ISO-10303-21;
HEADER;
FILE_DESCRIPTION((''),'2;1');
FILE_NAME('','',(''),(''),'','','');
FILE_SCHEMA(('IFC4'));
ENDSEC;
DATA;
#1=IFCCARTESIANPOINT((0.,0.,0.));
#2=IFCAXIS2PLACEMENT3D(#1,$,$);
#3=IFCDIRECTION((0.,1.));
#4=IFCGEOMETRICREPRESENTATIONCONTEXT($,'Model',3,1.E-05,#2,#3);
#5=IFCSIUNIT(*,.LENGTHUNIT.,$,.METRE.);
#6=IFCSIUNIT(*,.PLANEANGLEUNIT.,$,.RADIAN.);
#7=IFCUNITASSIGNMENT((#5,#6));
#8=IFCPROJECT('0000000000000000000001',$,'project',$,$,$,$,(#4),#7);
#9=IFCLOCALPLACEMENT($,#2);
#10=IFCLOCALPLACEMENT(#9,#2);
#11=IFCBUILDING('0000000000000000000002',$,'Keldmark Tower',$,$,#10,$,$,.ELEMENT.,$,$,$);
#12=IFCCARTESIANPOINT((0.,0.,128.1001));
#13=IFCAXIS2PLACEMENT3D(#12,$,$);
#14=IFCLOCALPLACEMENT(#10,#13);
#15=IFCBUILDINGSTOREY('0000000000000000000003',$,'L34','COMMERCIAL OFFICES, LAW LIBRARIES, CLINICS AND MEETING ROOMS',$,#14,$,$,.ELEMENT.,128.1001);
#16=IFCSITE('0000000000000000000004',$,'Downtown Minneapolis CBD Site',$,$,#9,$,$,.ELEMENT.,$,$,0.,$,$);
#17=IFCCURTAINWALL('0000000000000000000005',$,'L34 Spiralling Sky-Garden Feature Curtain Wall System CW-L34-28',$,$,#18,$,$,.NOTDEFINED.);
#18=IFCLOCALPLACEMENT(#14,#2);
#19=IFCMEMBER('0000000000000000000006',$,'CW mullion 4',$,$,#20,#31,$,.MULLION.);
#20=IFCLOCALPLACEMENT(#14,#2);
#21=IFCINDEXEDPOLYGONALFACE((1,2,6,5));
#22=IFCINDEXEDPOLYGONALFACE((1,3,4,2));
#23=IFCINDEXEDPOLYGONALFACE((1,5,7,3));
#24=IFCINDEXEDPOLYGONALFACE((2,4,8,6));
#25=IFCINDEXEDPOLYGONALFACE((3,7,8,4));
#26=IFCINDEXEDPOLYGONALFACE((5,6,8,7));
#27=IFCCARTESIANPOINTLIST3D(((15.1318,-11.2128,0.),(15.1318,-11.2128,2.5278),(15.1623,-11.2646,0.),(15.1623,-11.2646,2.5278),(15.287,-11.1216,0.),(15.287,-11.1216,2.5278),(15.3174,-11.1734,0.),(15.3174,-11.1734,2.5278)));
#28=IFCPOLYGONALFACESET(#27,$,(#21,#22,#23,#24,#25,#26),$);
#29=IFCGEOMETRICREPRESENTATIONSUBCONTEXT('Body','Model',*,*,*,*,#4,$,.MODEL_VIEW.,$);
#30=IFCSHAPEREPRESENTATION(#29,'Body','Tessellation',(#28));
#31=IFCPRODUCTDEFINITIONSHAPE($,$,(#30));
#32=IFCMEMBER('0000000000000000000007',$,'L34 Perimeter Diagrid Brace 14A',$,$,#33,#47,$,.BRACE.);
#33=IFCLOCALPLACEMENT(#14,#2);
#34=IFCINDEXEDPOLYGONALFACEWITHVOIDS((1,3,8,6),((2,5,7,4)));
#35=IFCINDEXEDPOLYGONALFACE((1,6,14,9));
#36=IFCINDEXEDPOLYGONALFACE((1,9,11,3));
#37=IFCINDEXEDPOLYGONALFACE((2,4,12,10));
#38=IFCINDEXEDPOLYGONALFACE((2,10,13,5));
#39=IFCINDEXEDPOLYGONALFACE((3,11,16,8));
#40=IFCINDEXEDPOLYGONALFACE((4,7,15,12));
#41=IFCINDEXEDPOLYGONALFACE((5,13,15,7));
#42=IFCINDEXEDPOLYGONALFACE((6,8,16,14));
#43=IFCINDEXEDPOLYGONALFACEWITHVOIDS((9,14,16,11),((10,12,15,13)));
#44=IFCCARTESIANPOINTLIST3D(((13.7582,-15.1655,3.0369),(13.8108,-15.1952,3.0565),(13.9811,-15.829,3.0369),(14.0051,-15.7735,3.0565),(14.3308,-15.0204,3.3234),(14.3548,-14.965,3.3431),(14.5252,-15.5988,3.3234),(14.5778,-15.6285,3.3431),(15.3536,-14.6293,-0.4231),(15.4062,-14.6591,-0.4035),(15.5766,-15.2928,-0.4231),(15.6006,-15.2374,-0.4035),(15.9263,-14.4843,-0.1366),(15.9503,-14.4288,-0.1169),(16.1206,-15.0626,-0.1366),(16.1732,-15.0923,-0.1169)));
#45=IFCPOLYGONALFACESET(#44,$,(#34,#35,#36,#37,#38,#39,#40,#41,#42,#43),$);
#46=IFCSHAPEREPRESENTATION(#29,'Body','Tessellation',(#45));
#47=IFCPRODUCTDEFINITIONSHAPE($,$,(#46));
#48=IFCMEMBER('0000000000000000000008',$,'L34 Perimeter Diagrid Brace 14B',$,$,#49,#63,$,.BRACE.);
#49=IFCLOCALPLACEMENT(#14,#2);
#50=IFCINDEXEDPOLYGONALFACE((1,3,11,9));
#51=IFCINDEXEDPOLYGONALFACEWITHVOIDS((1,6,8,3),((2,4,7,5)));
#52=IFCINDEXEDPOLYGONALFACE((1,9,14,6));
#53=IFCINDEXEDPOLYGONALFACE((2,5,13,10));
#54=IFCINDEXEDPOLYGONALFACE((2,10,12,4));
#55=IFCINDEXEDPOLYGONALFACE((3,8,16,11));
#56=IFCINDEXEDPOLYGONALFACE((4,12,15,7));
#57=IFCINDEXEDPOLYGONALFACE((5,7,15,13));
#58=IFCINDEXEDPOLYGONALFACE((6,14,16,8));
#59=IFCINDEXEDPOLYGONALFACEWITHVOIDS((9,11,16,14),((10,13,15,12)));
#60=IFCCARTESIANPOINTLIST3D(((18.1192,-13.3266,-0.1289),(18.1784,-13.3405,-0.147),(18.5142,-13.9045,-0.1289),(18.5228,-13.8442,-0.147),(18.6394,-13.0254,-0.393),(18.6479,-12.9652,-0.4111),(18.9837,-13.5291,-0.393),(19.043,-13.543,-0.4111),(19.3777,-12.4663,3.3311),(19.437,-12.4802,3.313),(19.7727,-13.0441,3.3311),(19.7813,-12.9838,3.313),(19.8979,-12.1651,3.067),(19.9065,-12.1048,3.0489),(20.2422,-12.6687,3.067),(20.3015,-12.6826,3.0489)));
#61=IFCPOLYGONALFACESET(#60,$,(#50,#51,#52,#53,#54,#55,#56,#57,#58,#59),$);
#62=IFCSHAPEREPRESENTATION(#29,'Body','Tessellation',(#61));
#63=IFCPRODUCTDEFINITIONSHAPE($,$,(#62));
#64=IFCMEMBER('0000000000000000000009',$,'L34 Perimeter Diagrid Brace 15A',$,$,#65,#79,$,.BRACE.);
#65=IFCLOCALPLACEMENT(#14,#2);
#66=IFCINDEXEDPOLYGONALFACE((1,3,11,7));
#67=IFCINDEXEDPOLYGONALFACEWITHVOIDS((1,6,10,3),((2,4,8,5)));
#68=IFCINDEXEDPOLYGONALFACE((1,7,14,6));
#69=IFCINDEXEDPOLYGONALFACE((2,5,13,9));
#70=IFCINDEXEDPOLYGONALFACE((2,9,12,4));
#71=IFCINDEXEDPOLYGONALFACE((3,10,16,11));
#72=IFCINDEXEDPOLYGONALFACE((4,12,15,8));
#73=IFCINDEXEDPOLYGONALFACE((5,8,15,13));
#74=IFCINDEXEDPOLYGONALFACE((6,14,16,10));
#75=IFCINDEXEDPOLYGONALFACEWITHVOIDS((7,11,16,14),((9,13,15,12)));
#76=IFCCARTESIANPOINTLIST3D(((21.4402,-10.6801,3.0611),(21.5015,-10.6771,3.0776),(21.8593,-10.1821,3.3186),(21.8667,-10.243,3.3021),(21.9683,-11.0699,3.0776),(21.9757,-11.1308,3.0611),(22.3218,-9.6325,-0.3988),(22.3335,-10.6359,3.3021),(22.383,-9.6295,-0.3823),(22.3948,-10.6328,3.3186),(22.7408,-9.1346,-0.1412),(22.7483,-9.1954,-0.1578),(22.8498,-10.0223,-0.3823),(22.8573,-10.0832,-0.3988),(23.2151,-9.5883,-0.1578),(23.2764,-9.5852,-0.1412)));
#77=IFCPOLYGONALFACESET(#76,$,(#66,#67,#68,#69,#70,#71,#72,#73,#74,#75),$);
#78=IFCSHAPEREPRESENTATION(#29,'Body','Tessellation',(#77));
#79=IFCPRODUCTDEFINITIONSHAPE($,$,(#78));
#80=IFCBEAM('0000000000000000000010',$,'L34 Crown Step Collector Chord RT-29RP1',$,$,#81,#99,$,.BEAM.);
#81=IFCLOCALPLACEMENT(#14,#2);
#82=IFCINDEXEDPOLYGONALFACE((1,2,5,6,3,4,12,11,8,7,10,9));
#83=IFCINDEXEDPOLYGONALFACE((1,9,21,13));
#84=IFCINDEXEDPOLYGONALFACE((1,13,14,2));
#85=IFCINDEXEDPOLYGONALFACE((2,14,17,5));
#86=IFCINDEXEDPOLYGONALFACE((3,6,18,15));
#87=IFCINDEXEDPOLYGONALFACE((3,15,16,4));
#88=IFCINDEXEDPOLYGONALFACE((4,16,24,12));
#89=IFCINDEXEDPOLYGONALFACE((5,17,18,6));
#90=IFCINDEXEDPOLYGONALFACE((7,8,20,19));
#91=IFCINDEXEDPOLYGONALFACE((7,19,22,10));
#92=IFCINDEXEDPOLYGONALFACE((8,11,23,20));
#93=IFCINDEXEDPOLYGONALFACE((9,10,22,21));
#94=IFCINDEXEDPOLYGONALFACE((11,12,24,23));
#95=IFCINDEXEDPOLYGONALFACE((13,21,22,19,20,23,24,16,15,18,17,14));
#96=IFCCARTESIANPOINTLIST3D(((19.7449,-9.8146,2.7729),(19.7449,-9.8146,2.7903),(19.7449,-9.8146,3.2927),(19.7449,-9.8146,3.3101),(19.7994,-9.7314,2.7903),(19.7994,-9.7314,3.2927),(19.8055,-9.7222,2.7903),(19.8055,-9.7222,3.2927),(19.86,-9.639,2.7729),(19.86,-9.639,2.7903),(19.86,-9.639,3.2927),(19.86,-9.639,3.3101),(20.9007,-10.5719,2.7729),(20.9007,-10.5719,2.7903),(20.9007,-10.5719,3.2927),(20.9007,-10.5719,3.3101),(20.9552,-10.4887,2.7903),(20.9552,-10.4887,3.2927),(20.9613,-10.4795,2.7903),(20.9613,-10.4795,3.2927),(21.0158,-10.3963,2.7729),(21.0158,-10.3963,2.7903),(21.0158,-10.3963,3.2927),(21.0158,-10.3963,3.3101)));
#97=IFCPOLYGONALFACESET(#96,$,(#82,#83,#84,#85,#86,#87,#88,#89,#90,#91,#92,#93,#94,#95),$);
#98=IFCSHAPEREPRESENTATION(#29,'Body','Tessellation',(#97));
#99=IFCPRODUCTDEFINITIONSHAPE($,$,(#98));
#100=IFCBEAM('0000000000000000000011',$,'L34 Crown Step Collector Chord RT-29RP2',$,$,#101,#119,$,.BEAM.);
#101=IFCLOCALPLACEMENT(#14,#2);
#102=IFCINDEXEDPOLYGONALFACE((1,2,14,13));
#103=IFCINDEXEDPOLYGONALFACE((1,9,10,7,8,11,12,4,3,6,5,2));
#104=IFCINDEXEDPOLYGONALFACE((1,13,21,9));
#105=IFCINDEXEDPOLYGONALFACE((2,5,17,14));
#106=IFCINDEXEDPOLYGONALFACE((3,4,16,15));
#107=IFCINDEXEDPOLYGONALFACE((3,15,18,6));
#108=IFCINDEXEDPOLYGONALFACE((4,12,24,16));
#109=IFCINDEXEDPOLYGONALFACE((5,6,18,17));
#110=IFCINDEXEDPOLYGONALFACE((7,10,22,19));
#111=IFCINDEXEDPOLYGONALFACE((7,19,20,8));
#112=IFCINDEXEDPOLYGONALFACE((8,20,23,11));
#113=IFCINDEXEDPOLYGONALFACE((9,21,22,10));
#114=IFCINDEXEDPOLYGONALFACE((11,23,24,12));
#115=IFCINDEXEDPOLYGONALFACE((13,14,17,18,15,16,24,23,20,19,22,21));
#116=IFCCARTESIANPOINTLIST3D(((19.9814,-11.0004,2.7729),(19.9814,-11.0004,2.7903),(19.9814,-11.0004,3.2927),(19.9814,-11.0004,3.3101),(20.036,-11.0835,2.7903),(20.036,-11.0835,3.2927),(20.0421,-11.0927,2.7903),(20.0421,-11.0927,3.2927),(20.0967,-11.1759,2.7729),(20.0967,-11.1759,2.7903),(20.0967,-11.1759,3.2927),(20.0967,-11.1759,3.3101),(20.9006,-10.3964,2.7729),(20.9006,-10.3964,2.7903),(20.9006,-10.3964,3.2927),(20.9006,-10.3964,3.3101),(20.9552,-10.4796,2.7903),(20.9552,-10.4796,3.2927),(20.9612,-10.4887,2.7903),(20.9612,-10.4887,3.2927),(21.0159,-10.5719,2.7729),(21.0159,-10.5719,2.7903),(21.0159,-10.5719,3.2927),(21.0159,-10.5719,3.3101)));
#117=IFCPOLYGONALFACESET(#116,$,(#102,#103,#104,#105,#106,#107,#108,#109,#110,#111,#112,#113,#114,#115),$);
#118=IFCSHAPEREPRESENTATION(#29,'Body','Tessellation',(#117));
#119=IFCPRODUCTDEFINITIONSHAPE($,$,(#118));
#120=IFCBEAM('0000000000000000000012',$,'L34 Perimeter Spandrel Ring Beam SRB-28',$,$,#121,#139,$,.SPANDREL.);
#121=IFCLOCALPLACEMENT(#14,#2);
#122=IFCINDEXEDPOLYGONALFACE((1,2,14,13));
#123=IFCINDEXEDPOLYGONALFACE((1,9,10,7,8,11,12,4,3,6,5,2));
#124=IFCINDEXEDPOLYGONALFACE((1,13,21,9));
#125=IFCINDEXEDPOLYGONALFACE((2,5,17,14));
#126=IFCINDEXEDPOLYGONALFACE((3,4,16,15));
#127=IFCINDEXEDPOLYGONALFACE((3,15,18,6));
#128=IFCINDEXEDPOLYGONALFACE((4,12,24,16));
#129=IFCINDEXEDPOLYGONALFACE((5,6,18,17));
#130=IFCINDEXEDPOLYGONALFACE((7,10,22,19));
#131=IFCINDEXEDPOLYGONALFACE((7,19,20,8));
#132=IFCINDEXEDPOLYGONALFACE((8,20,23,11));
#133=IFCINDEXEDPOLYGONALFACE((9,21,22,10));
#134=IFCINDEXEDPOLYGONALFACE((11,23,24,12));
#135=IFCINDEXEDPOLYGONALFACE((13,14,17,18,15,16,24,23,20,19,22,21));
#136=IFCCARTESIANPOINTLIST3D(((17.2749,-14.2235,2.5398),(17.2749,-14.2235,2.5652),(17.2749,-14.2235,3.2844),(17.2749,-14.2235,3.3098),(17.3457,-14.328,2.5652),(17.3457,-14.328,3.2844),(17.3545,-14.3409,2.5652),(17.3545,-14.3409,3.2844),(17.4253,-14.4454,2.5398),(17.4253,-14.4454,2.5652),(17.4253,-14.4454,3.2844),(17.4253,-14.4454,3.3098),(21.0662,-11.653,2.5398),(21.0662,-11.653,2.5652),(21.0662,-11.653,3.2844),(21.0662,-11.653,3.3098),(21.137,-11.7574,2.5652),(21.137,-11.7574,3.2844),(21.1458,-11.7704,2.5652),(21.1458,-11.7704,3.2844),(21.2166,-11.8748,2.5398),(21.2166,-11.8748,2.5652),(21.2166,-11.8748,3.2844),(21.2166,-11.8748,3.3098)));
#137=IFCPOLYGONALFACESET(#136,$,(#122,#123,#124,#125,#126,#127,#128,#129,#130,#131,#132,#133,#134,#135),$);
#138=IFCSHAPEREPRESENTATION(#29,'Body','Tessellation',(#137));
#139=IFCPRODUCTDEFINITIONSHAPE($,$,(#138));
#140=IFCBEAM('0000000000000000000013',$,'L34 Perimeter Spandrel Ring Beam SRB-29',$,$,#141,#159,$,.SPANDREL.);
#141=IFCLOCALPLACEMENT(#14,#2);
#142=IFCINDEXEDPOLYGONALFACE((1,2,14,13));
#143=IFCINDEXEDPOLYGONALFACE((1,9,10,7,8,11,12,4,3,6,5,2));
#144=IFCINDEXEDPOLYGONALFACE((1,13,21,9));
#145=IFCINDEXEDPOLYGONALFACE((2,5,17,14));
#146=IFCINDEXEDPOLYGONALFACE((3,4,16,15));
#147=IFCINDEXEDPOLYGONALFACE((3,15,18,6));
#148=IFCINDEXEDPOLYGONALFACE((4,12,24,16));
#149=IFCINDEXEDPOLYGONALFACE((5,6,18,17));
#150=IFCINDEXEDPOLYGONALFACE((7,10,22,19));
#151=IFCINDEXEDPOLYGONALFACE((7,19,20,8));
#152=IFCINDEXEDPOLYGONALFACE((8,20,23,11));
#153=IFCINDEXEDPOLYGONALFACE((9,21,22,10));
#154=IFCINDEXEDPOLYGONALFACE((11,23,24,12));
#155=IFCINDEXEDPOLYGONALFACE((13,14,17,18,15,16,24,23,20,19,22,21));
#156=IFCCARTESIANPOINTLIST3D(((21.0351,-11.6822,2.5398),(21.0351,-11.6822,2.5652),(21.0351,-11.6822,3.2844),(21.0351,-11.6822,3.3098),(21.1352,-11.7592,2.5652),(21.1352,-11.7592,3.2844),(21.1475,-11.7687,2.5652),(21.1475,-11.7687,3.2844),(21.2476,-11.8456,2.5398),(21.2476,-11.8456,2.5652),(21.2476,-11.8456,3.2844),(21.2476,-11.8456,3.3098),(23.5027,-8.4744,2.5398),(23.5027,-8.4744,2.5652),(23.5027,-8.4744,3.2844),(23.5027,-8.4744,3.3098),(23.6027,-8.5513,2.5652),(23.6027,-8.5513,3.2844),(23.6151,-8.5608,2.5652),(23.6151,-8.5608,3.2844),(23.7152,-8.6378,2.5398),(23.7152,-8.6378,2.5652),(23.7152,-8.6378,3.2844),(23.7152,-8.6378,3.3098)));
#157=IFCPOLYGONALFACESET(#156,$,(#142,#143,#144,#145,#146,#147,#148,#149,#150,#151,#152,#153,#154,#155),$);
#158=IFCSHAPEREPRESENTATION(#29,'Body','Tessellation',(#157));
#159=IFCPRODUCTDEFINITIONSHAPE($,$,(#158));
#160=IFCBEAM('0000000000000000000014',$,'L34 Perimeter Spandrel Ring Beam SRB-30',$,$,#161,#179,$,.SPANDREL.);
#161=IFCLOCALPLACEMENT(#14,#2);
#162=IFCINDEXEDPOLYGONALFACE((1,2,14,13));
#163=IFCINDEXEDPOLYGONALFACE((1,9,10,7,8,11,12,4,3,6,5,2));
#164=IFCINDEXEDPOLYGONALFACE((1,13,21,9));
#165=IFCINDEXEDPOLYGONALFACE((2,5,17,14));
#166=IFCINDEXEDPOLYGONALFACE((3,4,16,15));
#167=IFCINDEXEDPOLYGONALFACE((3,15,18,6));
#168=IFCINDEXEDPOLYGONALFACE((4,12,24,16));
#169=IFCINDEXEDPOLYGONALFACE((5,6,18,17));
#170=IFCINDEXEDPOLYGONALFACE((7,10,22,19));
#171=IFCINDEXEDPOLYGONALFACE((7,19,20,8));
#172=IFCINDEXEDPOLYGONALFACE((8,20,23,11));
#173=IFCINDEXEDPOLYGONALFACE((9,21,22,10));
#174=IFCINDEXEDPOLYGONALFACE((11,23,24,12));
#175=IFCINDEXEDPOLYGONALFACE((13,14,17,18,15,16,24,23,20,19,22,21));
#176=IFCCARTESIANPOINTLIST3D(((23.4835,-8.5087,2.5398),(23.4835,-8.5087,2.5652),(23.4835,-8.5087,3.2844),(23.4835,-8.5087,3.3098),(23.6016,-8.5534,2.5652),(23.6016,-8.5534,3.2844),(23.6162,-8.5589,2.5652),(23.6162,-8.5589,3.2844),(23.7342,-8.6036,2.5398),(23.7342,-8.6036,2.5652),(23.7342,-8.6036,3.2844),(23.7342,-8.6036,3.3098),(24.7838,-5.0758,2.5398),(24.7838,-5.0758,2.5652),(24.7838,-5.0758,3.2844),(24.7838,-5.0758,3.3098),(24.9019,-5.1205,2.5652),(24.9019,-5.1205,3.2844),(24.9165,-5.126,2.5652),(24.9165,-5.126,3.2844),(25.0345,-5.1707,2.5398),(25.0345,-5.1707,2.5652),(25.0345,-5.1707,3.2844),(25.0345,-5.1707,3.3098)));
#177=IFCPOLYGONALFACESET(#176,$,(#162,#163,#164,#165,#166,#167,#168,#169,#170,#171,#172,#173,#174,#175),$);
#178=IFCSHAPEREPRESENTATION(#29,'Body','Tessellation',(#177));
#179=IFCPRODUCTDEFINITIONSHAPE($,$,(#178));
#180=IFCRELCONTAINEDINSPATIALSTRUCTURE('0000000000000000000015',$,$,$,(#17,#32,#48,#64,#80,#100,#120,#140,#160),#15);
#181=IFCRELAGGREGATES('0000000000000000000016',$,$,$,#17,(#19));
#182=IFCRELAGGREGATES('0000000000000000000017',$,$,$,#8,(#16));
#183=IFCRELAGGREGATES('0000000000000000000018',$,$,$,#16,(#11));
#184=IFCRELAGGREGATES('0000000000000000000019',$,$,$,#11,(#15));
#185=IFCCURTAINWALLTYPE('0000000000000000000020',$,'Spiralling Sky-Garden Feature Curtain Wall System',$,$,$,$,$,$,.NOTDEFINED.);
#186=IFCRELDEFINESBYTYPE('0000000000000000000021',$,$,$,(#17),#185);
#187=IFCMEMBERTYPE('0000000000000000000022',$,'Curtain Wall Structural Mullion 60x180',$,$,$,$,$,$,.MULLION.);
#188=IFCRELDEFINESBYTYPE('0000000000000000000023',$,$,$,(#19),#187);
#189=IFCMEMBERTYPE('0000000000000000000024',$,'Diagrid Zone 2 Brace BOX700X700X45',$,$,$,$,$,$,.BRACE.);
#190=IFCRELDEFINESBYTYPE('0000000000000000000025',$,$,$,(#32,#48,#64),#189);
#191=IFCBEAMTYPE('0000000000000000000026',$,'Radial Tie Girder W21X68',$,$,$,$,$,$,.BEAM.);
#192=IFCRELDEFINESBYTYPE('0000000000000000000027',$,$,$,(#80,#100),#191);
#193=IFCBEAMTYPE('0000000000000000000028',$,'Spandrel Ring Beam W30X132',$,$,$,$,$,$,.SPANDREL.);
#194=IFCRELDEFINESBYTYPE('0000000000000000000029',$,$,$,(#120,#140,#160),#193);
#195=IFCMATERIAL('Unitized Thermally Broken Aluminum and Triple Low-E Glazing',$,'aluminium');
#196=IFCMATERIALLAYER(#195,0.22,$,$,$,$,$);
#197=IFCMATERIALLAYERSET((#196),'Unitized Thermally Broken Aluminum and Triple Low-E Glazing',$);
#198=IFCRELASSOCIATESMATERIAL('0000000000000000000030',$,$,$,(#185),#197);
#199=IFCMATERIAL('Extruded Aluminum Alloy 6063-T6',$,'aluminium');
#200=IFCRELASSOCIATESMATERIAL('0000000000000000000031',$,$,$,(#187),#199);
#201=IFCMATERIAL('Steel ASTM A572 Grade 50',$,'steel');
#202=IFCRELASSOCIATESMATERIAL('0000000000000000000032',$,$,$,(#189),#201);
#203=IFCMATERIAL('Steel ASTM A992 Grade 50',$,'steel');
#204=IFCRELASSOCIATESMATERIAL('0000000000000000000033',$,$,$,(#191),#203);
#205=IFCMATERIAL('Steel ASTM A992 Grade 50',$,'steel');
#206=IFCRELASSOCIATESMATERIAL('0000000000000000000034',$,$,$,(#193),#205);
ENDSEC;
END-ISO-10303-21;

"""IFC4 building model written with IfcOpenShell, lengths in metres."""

from ifc_helpers import new_model, si_unit, direction, frame, origin, origin_2d, place, context, subcontext, project, spatial, rectangle, hollow_rectangle, i_section, extrude, material, layer, layer_set, material_profile, profile_set, type_object, element, aggregate, save


model = new_model("IFC4")

# Units and contexts
model_context = context("Model", 3, precision=1e-05, world=origin(), true_north=direction((0.0, 1.0)))
body_context = subcontext(model_context, "Body", "Model", "MODEL_VIEW")
ifc_project = project(units=[si_unit("LENGTHUNIT", "METRE"), si_unit("PLANEANGLEUNIT", "RADIAN")], contexts=[model_context])

# Site, building, storey
site_placement = place(None, origin())
site = spatial("IfcSite", under=ifc_project, at=site_placement, Name="Downtown Minneapolis CBD Site", CompositionType="ELEMENT", RefElevation=0.0)
building_placement = place(site_placement, origin())
building = spatial("IfcBuilding", under=site, at=building_placement, Name="Keldmark Tower", CompositionType="ELEMENT")
storey_placement = place(building_placement, frame((0.0, 0.0, 128.1001)))
storey = spatial("IfcBuildingStorey", under=building, at=storey_placement, Name="L34", Description="COMMERCIAL OFFICES, LAW LIBRARIES, CLINICS AND MEETING ROOMS", CompositionType="ELEMENT", Elevation=128.1001)

# Curtain wall, member
ifc_material_1 = material(Name="Unitized Thermally Broken Aluminum and Triple Low-E Glazing", Category="aluminium")
ifc_layer_1 = layer(ifc_material_1, 0.22)
ifc_layer_set_1 = layer_set([ifc_layer_1], Name="Unitized Thermally Broken Aluminum and Triple Low-E Glazing")
curtain_wall_type = type_object("IfcCurtainWallType", Name="Spiralling Sky-Garden Feature Curtain Wall System", PredefinedType="NOTDEFINED", material=ifc_layer_set_1)
curtain_wall_placement = place(storey_placement, origin())
curtain_wall = element("IfcCurtainWall", 1, at=curtain_wall_placement, inside=storey, type_object=curtain_wall_type, Name="L34 Spiralling Sky-Garden Feature Curtain Wall System CW-L34-28", PredefinedType="NOTDEFINED")
ifc_material_2 = material(Name="Extruded Aluminum Alloy 6063-T6", Category="aluminium")
ifc_material_profile_1 = material_profile(ifc_material_2, rectangle(XDim=0.0601, YDim=0.1799, at=origin_2d()), Name="CWM60X180")
ifc_profile_set_1 = profile_set([ifc_material_profile_1], Name="Extruded Aluminum Alloy 6063-T6")
member_type_1 = type_object("IfcMemberType", Name="Curtain Wall Structural Mullion 60x180", PredefinedType="MULLION", material=ifc_profile_set_1)
member_1_placement = place(storey_placement, frame((15.2246, -11.1931, 0.0), z_axis=(0.0, 0.0, 1.0), x_axis=(0.506625, -0.862166, 0.0)))
member_1 = element("IfcMember", 2, at=member_1_placement, type_object=member_type_1, Name="CW mullion 4", PredefinedType="MULLION", context=body_context, shape_type="SweptSolid", body=[
    extrude(rectangle(XDim=0.0601, YDim=0.1799, at=origin_2d()), origin(), (0.0, 0.0, 1.0), 2.5278),
])

# Members
ifc_material_3 = material(Name="Steel ASTM A572 Grade 50", Category="steel")
ifc_material_profile_2 = material_profile(ifc_material_3, hollow_rectangle(XDim=0.7, YDim=0.7, WallThickness=0.0449, at=origin_2d()), Name="BOX700X700X45")
ifc_profile_set_2 = profile_set([ifc_material_profile_2], Name="Steel ASTM A572 Grade 50")
member_type_2 = type_object("IfcMemberType", Name="Diagrid Zone 2 Brace BOX700X700X45", PredefinedType="BRACE", material=ifc_profile_set_2)
member_2_placement = place(storey_placement, frame((15.7634, -14.8608, -0.27), z_axis=(-0.41466, -0.139341, 0.899245), x_axis=(0.318533, -0.947912, 0.0)))
element("IfcMember", 3, at=member_2_placement, inside=storey, type_object=member_type_2, Name="L34 Perimeter Diagrid Brace 14A", PredefinedType="BRACE", context=body_context, shape_type="SweptSolid", body=[
    extrude(hollow_rectangle(XDim=0.7, YDim=0.7, WallThickness=0.0449, at=origin_2d()), origin(), (0.0, 0.0, 1.0), 3.8477),
])
member_3_placement = place(storey_placement, frame((18.5811, -13.4348, -0.27), z_axis=(0.332866, 0.22755, 0.915107), x_axis=(-0.564345, 0.825539, 0.0)))
element("IfcMember", 4, at=member_3_placement, inside=storey, type_object=member_type_2, Name="L34 Perimeter Diagrid Brace 14B", PredefinedType="BRACE", context=body_context, shape_type="SweptSolid", body=[
    extrude(hollow_rectangle(XDim=0.7, YDim=0.7, WallThickness=0.0449, at=origin_2d()), origin(), (0.0, 0.0, 1.0), 3.781),
])
member_4_placement = place(storey_placement, frame((22.7991, -9.6089, -0.27), z_axis=(-0.236922, -0.281537, 0.929841), x_axis=(0.765128, -0.643878, 0.0)))
element("IfcMember", 5, at=member_4_placement, inside=storey, type_object=member_type_2, Name="L34 Perimeter Diagrid Brace 15A", PredefinedType="BRACE", context=body_context, shape_type="SweptSolid", body=[
    extrude(hollow_rectangle(XDim=0.7, YDim=0.7, WallThickness=0.0449, at=origin_2d()), origin(), (0.0, 0.0, 1.0), 3.7209),
])

# Beams
ifc_material_4 = material(Name="Steel ASTM A992 Grade 50", Category="steel")
ifc_material_profile_3 = material_profile(ifc_material_4, i_section(OverallWidth=0.21, OverallDepth=0.5371, WebThickness=0.011, FlangeThickness=0.0173, at=origin_2d()), Name="W21X68")
ifc_profile_set_3 = profile_set([ifc_material_profile_3], Name="Steel ASTM A992 Grade 50")
beam_type_1 = type_object("IfcBeamType", Name="Radial Tie Girder W21X68", PredefinedType="BEAM", material=ifc_profile_set_3)
beam_1_placement = place(storey_placement, frame((20.9583, -10.4841, 3.0415), z_axis=(-0.836428, 0.548077, 0.0), x_axis=(-0.548077, -0.836428, 0.0)))
element("IfcBeam", 6, at=beam_1_placement, inside=storey, type_object=beam_type_1, Name="L34 Crown Step Collector Chord RT-29RP1", PredefinedType="BEAM", context=body_context, shape_type="SweptSolid", body=[
    extrude(i_section(OverallWidth=0.21, OverallDepth=0.5371, WebThickness=0.011, FlangeThickness=0.0173, at=origin_2d()), origin(), (0.0, 0.0, 1.0), 1.3818),
])
beam_2_placement = place(storey_placement, frame((20.0391, -11.0881, 3.0415), z_axis=(0.83572, 0.549156, 0.0), x_axis=(-0.549156, 0.83572, 0.0)))
element("IfcBeam", 7, at=beam_2_placement, inside=storey, type_object=beam_type_1, Name="L34 Crown Step Collector Chord RT-29RP2", PredefinedType="BEAM", context=body_context, shape_type="SweptSolid", body=[
    extrude(i_section(OverallWidth=0.21, OverallDepth=0.5371, WebThickness=0.011, FlangeThickness=0.0173, at=origin_2d()), origin(), (0.0, 0.0, 1.0), 1.0999),
])
ifc_material_5 = material(Name="Steel ASTM A992 Grade 50", Category="steel")
ifc_material_profile_4 = material_profile(ifc_material_5, i_section(OverallWidth=0.2681, OverallDepth=0.77, WebThickness=0.0156, FlangeThickness=0.0254, at=origin_2d()), Name="W30X132")
ifc_profile_set_4 = profile_set([ifc_material_profile_4], Name="Steel ASTM A992 Grade 50")
beam_type_2 = type_object("IfcBeamType", Name="Spandrel Ring Beam W30X132", PredefinedType="SPANDREL", material=ifc_profile_set_4)
beam_3_placement = place(storey_placement, frame((17.3501, -14.3345, 2.9248), z_axis=(0.827687, 0.56119, 0.0), x_axis=(-0.56119, 0.827687, 0.0)))
element("IfcBeam", 8, at=beam_3_placement, inside=storey, type_object=beam_type_2, Name="L34 Perimeter Spandrel Ring Beam SRB-28", PredefinedType="SPANDREL", context=body_context, shape_type="SweptSolid", body=[
    extrude(i_section(OverallWidth=0.2681, OverallDepth=0.77, WebThickness=0.0156, FlangeThickness=0.0254, at=origin_2d()), origin(), (0.0, 0.0, 1.0), 4.5806),
])
beam_4_placement = place(storey_placement, frame((21.1414, -11.7639, 2.9248), z_axis=(0.609714, 0.792622, 0.0), x_axis=(-0.792622, 0.609714, 0.0)))
element("IfcBeam", 9, at=beam_4_placement, inside=storey, type_object=beam_type_2, Name="L34 Perimeter Spandrel Ring Beam SRB-29", PredefinedType="SPANDREL", context=body_context, shape_type="SweptSolid", body=[
    extrude(i_section(OverallWidth=0.2681, OverallDepth=0.77, WebThickness=0.0156, FlangeThickness=0.0254, at=origin_2d()), origin(), (0.0, 0.0, 1.0), 4.0471),
])
beam_5_placement = place(storey_placement, frame((23.6089, -8.5562, 2.9248), z_axis=(0.354219, 0.935162, 0.0), x_axis=(-0.935162, 0.354219, 0.0)))
element("IfcBeam", 10, at=beam_5_placement, inside=storey, type_object=beam_type_2, Name="L34 Perimeter Spandrel Ring Beam SRB-30", PredefinedType="SPANDREL", context=body_context, shape_type="SweptSolid", body=[
    extrude(i_section(OverallWidth=0.2681, OverallDepth=0.77, WebThickness=0.0156, FlangeThickness=0.0254, at=origin_2d()), origin(), (0.0, 0.0, 1.0), 3.6709),
])

aggregate(curtain_wall, [member_1])

save(model, "model.ifc")
